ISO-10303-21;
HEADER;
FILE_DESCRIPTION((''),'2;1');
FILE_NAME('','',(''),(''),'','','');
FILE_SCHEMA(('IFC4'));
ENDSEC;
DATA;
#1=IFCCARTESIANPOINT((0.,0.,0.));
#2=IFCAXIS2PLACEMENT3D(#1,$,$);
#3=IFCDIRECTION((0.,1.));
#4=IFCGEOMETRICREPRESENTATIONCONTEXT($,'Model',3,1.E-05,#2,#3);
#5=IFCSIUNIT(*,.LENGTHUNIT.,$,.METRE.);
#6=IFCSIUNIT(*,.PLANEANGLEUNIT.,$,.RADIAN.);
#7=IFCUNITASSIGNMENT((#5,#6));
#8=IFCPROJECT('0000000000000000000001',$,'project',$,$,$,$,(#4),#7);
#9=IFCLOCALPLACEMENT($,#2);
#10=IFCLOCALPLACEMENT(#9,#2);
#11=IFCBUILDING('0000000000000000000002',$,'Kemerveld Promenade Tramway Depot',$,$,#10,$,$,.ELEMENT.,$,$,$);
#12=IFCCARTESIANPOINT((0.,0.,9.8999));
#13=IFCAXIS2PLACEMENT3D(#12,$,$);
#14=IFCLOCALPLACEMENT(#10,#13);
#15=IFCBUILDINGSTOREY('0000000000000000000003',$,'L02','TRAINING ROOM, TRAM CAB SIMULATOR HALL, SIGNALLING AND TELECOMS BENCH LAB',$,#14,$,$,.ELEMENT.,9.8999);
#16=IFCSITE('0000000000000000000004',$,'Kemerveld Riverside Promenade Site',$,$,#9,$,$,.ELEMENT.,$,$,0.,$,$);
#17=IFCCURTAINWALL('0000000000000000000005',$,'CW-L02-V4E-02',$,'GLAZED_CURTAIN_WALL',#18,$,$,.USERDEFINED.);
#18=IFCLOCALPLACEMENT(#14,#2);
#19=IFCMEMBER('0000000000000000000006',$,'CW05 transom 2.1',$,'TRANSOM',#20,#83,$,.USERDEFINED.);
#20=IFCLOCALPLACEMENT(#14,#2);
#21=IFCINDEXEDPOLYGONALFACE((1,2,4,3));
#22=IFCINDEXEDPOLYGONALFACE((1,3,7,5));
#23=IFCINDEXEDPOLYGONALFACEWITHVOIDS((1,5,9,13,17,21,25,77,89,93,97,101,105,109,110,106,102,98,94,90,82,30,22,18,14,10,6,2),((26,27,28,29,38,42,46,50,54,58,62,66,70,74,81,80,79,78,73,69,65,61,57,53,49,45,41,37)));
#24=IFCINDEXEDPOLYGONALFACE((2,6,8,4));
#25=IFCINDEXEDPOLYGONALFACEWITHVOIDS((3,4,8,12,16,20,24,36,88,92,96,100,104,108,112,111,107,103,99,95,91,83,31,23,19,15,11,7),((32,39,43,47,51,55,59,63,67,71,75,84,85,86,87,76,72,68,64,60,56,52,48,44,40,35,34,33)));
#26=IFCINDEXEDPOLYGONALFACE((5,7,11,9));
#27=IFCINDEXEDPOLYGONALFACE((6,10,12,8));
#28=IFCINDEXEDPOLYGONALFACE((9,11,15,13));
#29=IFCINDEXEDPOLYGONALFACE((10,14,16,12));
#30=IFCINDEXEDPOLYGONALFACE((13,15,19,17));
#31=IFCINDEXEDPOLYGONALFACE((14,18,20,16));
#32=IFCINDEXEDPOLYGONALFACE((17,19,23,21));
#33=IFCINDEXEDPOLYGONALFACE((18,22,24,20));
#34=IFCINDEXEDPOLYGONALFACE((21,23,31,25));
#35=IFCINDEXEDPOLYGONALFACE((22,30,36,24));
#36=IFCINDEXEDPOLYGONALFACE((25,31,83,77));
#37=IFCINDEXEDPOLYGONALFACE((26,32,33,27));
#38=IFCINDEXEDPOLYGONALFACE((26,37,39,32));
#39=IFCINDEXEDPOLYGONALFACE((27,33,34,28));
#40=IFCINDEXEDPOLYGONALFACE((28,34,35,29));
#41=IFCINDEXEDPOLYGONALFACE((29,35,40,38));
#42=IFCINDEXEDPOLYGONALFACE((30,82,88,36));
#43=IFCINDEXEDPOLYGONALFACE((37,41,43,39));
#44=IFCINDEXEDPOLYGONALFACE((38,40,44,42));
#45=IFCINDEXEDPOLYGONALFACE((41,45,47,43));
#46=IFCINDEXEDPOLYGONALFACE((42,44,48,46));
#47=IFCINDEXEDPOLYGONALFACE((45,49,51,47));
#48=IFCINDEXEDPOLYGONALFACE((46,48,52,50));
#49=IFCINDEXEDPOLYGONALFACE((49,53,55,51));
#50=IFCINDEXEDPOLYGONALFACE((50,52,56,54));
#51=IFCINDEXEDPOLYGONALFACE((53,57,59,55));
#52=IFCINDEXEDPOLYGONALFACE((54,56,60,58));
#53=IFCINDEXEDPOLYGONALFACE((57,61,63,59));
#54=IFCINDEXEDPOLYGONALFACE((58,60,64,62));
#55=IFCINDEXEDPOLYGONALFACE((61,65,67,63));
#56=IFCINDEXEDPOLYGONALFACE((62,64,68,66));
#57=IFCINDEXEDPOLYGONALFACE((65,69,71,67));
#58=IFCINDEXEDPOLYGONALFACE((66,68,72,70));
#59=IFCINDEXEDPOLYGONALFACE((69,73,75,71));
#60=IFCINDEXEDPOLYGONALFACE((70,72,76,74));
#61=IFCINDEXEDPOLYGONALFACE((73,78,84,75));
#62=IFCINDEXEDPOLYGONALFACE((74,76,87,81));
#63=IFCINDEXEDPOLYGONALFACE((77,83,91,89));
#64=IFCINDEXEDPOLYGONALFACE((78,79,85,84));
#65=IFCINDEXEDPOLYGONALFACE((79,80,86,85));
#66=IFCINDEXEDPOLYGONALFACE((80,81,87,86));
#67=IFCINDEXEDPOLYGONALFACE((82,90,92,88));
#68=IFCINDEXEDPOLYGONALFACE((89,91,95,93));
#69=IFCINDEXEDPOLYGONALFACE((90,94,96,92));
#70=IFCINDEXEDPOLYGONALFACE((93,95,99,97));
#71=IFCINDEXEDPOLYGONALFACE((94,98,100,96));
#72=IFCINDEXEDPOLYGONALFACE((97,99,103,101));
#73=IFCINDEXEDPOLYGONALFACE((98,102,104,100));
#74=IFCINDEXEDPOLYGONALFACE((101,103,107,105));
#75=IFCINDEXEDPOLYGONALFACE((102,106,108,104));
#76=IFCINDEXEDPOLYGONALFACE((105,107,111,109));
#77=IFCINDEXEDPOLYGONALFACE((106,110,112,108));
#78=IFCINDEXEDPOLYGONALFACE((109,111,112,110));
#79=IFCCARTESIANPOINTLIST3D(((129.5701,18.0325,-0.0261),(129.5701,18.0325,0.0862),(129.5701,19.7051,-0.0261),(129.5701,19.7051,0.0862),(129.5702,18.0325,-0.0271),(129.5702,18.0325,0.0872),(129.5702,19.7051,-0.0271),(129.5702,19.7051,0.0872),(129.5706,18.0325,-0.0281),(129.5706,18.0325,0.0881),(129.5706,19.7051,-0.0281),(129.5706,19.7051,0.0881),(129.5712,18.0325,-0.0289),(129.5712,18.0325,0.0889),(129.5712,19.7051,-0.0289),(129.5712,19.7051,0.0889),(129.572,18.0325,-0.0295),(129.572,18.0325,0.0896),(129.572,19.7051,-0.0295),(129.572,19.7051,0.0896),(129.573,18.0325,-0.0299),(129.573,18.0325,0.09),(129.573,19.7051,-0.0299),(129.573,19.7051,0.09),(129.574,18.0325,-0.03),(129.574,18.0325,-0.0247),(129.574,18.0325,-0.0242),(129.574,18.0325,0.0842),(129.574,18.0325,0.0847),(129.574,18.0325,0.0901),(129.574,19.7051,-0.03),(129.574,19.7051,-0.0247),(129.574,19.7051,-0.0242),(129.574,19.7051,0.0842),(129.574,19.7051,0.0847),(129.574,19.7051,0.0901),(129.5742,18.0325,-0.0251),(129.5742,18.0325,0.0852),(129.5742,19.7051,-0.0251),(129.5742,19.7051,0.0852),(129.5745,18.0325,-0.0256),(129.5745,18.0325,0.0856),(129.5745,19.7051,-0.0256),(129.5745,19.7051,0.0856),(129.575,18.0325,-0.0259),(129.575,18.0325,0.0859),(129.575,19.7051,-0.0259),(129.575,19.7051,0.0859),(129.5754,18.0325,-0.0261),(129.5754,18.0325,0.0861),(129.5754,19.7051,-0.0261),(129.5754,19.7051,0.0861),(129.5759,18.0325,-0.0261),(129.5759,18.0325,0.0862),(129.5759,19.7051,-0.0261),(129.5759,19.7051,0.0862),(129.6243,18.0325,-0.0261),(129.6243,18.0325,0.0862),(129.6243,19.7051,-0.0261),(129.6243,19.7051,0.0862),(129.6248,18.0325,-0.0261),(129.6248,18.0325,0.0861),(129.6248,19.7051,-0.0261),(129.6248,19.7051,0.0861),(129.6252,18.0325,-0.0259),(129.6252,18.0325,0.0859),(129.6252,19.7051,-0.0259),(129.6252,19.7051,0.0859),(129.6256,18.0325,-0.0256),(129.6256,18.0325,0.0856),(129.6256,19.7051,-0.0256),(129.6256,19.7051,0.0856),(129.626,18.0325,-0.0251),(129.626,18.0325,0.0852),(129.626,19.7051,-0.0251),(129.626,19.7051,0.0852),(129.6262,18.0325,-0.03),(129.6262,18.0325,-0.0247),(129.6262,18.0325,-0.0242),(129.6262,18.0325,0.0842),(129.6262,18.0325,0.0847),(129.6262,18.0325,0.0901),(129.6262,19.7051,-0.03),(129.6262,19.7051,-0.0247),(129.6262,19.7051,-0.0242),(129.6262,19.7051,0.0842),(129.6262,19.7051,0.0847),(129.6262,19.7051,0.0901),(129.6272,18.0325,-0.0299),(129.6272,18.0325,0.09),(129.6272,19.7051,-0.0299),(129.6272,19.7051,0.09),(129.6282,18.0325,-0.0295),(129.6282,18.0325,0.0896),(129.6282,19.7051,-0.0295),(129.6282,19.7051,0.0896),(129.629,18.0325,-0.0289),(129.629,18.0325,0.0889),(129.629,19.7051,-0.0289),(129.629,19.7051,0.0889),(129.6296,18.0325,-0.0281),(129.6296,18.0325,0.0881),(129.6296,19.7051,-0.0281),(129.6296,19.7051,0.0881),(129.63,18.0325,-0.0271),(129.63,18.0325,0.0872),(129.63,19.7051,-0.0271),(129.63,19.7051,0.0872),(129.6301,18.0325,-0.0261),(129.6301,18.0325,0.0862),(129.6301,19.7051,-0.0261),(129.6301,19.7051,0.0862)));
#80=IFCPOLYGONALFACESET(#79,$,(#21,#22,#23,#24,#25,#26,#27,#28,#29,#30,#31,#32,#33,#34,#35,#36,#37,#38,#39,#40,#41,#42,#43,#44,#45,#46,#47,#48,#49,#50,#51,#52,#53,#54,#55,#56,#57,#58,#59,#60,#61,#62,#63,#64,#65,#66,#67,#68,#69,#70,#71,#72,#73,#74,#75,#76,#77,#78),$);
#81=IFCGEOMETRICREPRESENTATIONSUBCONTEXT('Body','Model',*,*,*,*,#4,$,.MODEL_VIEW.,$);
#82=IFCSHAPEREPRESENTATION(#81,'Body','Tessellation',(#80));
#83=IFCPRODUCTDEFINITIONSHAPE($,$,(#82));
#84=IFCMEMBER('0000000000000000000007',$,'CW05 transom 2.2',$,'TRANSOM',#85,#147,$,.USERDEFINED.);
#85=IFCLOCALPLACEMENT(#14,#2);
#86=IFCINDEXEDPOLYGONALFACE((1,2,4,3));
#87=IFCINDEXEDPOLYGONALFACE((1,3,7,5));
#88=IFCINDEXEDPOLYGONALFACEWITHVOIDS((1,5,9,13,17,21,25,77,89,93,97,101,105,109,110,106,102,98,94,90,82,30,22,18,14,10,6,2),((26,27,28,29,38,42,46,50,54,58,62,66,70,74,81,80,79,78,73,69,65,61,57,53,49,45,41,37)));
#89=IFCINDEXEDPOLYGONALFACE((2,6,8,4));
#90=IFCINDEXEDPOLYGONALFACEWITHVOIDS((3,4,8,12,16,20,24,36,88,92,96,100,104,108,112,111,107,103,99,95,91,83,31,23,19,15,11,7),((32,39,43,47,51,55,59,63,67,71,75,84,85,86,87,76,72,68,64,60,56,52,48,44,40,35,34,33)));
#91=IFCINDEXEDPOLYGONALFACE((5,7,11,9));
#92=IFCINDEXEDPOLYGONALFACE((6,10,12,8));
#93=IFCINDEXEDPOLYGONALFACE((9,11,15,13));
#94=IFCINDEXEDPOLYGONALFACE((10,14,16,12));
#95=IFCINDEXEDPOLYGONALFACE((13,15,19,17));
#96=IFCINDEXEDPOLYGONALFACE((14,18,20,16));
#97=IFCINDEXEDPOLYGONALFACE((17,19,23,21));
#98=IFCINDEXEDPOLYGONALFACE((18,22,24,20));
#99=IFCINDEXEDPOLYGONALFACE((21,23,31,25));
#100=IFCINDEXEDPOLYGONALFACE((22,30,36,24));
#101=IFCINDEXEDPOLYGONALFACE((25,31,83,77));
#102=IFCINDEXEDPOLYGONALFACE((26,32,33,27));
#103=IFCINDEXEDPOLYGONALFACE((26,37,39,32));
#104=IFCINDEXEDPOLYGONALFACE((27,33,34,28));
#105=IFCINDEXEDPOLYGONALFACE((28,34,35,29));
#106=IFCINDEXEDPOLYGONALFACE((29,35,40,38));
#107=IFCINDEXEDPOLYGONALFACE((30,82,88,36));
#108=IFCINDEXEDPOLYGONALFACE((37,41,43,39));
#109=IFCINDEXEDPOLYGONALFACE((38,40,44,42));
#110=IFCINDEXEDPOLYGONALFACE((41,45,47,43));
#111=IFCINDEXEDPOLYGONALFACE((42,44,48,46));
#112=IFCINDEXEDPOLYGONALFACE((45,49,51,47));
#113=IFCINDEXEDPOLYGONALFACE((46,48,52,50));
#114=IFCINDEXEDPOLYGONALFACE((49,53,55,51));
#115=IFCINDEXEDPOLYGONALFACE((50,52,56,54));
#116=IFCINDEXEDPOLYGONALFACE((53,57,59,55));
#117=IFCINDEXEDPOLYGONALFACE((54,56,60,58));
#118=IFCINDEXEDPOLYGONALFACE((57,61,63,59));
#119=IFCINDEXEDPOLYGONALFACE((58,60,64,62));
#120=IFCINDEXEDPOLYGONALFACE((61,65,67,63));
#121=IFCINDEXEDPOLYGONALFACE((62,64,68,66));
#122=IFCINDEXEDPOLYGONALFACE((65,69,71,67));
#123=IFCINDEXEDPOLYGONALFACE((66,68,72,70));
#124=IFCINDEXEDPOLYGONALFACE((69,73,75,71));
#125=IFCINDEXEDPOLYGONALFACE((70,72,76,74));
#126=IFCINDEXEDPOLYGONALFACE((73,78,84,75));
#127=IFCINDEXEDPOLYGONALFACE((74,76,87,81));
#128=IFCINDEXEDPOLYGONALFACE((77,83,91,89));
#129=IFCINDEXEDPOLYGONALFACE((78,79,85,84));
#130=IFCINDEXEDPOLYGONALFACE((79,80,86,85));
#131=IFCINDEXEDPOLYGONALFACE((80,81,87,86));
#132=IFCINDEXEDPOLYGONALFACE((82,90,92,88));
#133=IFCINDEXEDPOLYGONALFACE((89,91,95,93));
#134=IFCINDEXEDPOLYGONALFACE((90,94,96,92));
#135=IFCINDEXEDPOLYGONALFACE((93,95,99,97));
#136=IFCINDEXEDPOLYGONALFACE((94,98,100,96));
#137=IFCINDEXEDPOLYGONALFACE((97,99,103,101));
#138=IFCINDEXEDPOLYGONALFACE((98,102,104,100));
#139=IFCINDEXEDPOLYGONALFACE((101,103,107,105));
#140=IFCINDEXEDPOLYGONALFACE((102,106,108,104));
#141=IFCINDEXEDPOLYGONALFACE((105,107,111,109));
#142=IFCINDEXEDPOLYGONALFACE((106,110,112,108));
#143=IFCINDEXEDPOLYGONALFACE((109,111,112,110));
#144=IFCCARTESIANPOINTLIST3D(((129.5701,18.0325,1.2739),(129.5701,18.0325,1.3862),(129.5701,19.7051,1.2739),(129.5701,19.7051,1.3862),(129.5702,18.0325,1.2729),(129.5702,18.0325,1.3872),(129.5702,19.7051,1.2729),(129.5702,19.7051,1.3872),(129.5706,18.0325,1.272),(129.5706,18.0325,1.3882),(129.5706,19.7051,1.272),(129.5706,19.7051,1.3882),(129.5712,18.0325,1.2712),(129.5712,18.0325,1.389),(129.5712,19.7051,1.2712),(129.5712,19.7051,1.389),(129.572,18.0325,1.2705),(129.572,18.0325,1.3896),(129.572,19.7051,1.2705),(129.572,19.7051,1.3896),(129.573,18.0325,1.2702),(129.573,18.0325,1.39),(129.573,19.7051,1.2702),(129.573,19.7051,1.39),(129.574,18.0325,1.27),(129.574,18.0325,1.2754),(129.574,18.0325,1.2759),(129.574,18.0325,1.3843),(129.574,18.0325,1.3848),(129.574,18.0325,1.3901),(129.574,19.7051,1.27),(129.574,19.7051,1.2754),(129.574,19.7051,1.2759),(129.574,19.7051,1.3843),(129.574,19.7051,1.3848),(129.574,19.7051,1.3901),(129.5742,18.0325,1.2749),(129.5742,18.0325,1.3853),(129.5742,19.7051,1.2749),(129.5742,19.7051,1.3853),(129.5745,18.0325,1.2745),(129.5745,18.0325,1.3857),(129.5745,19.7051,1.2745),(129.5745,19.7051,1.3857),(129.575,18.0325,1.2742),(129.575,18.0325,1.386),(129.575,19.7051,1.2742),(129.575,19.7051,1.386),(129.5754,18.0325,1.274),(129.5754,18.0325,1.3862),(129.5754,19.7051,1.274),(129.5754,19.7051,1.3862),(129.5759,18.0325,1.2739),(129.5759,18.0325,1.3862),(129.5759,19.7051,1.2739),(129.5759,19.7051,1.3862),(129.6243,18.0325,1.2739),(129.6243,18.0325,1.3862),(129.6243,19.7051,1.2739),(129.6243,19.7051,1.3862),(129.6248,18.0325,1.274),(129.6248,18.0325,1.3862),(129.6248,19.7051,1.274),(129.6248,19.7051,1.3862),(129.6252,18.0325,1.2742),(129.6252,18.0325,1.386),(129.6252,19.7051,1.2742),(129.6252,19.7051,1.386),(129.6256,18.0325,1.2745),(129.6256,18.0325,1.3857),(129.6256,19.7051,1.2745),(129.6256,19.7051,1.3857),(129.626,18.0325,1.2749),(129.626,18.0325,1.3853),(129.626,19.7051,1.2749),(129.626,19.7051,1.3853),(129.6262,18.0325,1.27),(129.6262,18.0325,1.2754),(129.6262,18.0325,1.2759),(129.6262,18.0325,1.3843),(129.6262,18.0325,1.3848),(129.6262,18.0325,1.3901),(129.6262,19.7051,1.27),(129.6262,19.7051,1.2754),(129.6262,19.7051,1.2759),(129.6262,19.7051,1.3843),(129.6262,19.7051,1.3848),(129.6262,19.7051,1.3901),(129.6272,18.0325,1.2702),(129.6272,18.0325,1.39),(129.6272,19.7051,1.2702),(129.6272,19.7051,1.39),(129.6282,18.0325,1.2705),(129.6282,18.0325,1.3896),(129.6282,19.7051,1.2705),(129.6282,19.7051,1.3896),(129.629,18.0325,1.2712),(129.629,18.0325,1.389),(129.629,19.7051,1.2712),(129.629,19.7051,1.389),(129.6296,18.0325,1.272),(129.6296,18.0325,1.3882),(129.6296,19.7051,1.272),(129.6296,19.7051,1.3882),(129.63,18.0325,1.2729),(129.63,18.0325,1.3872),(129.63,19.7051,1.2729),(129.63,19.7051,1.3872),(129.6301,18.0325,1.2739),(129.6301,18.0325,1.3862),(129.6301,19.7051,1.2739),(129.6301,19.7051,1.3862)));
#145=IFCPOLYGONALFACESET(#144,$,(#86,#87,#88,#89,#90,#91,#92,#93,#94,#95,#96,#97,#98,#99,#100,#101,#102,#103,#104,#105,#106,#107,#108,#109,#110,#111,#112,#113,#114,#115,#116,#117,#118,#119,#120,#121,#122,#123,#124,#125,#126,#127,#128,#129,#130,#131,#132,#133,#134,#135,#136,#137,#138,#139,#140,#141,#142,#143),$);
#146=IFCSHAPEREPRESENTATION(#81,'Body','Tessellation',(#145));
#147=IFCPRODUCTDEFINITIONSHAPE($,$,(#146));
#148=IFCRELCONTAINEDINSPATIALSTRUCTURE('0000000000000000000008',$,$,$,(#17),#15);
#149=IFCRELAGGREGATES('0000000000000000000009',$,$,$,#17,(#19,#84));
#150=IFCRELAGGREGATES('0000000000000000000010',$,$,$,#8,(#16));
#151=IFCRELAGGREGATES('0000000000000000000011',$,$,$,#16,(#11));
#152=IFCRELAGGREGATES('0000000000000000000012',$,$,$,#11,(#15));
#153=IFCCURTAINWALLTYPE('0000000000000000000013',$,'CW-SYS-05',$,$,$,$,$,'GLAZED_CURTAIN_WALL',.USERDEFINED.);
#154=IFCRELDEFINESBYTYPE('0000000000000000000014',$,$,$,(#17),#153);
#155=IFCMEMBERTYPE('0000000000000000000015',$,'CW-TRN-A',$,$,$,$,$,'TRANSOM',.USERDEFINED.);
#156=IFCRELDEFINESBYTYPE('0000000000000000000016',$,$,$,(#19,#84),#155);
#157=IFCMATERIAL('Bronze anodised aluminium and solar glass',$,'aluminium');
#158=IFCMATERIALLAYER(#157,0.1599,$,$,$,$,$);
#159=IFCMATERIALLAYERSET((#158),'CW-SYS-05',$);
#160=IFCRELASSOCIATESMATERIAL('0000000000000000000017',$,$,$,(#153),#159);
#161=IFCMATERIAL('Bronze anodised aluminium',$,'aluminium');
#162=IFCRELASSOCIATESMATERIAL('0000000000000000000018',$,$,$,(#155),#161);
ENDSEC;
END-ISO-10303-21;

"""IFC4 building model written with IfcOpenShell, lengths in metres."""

from ifc_helpers import new_model, si_unit, direction, frame, origin, origin_2d, place, context, subcontext, project, spatial, hollow_rectangle, extrude, material, layer, layer_set, material_profile, profile_set, type_object, element, aggregate, save


model = new_model("IFC4")

# Units and contexts
model_context = context("Model", 3, precision=1e-05, world=origin(), true_north=direction((0.0, 1.0)))
body_context = subcontext(model_context, "Body", "Model", "MODEL_VIEW")
ifc_project = project(units=[si_unit("LENGTHUNIT", "METRE"), si_unit("PLANEANGLEUNIT", "RADIAN")], contexts=[model_context])

# Site, building, storey
site_placement = place(None, origin())
site = spatial("IfcSite", under=ifc_project, at=site_placement, Name="Kemerveld Riverside Promenade Site", CompositionType="ELEMENT", RefElevation=0.0)
building_placement = place(site_placement, origin())
building = spatial("IfcBuilding", under=site, at=building_placement, Name="Kemerveld Promenade Tramway Depot", CompositionType="ELEMENT")
storey_placement = place(building_placement, frame((0.0, 0.0, 9.8999)))
storey = spatial("IfcBuildingStorey", under=building, at=storey_placement, Name="L02", Description="TRAINING ROOM, TRAM CAB SIMULATOR HALL, SIGNALLING AND TELECOMS BENCH LAB", CompositionType="ELEMENT", Elevation=9.8999)

# Shared definitions
ifc_material_1 = material(Name="Bronze anodised aluminium and solar glass", Category="aluminium")
ifc_material_2 = material(Name="Bronze anodised aluminium", Category="aluminium")

# Curtain wall, members
ifc_layer_1 = layer(ifc_material_1, 0.1599)
ifc_layer_set_1 = layer_set([ifc_layer_1], Name="CW-SYS-05")
curtain_wall_type_1 = type_object("IfcCurtainWallType", Name="CW-SYS-05", ElementType="GLAZED_CURTAIN_WALL", PredefinedType="USERDEFINED", material=ifc_layer_set_1)
curtain_wall_1_placement = place(storey_placement, origin())
curtain_wall_1 = element("IfcCurtainWall", 1, at=curtain_wall_1_placement, inside=storey, type_object=curtain_wall_type_1, Name="CW-L02-V4E-02", ObjectType="GLAZED_CURTAIN_WALL", PredefinedType="USERDEFINED")
ifc_material_profile_1 = material_profile(ifc_material_2, hollow_rectangle(XDim=0.0601, YDim=0.1201, WallThickness=0.0039, InnerFilletRadius=0.002, OuterFilletRadius=0.0039, at=origin_2d()), Name="CW-TRN-120x60")
ifc_profile_set_1 = profile_set([ifc_material_profile_1], Name="Bronze anodised aluminium")
member_type_1 = type_object("IfcMemberType", Name="CW-TRN-A", ElementType="TRANSOM", PredefinedType="USERDEFINED", material=ifc_profile_set_1)
member_1_placement = place(storey_placement, frame((129.6001, 19.7051, 0.03), z_axis=(0.0, -1.0, 0.0), x_axis=(1.0, 0.0, 0.0)))
member_1 = element("IfcMember", 2, at=member_1_placement, type_object=member_type_1, Name="CW05 transom 2.1", ObjectType="TRANSOM", PredefinedType="USERDEFINED", context=body_context, shape_type="SweptSolid", body=[
    extrude(hollow_rectangle(XDim=0.0601, YDim=0.1201, WallThickness=0.0039, InnerFilletRadius=0.002, OuterFilletRadius=0.0039, at=origin_2d()), origin(), (0.0, 0.0, 1.0), 1.6726),
])
member_2_placement = place(storey_placement, frame((129.6001, 19.7051, 1.3301), z_axis=(0.0, -1.0, 0.0), x_axis=(1.0, 0.0, 0.0)))
member_2 = element("IfcMember", 3, at=member_2_placement, type_object=member_type_1, Name="CW05 transom 2.2", ObjectType="TRANSOM", PredefinedType="USERDEFINED", context=body_context, shape_type="SweptSolid", body=[
    extrude(hollow_rectangle(XDim=0.0601, YDim=0.1201, WallThickness=0.0039, InnerFilletRadius=0.002, OuterFilletRadius=0.0039, at=origin_2d()), origin(), (0.0, 0.0, 1.0), 1.6726),
])

aggregate(curtain_wall_1, [member_1, member_2])

save(model, "model.ifc")
